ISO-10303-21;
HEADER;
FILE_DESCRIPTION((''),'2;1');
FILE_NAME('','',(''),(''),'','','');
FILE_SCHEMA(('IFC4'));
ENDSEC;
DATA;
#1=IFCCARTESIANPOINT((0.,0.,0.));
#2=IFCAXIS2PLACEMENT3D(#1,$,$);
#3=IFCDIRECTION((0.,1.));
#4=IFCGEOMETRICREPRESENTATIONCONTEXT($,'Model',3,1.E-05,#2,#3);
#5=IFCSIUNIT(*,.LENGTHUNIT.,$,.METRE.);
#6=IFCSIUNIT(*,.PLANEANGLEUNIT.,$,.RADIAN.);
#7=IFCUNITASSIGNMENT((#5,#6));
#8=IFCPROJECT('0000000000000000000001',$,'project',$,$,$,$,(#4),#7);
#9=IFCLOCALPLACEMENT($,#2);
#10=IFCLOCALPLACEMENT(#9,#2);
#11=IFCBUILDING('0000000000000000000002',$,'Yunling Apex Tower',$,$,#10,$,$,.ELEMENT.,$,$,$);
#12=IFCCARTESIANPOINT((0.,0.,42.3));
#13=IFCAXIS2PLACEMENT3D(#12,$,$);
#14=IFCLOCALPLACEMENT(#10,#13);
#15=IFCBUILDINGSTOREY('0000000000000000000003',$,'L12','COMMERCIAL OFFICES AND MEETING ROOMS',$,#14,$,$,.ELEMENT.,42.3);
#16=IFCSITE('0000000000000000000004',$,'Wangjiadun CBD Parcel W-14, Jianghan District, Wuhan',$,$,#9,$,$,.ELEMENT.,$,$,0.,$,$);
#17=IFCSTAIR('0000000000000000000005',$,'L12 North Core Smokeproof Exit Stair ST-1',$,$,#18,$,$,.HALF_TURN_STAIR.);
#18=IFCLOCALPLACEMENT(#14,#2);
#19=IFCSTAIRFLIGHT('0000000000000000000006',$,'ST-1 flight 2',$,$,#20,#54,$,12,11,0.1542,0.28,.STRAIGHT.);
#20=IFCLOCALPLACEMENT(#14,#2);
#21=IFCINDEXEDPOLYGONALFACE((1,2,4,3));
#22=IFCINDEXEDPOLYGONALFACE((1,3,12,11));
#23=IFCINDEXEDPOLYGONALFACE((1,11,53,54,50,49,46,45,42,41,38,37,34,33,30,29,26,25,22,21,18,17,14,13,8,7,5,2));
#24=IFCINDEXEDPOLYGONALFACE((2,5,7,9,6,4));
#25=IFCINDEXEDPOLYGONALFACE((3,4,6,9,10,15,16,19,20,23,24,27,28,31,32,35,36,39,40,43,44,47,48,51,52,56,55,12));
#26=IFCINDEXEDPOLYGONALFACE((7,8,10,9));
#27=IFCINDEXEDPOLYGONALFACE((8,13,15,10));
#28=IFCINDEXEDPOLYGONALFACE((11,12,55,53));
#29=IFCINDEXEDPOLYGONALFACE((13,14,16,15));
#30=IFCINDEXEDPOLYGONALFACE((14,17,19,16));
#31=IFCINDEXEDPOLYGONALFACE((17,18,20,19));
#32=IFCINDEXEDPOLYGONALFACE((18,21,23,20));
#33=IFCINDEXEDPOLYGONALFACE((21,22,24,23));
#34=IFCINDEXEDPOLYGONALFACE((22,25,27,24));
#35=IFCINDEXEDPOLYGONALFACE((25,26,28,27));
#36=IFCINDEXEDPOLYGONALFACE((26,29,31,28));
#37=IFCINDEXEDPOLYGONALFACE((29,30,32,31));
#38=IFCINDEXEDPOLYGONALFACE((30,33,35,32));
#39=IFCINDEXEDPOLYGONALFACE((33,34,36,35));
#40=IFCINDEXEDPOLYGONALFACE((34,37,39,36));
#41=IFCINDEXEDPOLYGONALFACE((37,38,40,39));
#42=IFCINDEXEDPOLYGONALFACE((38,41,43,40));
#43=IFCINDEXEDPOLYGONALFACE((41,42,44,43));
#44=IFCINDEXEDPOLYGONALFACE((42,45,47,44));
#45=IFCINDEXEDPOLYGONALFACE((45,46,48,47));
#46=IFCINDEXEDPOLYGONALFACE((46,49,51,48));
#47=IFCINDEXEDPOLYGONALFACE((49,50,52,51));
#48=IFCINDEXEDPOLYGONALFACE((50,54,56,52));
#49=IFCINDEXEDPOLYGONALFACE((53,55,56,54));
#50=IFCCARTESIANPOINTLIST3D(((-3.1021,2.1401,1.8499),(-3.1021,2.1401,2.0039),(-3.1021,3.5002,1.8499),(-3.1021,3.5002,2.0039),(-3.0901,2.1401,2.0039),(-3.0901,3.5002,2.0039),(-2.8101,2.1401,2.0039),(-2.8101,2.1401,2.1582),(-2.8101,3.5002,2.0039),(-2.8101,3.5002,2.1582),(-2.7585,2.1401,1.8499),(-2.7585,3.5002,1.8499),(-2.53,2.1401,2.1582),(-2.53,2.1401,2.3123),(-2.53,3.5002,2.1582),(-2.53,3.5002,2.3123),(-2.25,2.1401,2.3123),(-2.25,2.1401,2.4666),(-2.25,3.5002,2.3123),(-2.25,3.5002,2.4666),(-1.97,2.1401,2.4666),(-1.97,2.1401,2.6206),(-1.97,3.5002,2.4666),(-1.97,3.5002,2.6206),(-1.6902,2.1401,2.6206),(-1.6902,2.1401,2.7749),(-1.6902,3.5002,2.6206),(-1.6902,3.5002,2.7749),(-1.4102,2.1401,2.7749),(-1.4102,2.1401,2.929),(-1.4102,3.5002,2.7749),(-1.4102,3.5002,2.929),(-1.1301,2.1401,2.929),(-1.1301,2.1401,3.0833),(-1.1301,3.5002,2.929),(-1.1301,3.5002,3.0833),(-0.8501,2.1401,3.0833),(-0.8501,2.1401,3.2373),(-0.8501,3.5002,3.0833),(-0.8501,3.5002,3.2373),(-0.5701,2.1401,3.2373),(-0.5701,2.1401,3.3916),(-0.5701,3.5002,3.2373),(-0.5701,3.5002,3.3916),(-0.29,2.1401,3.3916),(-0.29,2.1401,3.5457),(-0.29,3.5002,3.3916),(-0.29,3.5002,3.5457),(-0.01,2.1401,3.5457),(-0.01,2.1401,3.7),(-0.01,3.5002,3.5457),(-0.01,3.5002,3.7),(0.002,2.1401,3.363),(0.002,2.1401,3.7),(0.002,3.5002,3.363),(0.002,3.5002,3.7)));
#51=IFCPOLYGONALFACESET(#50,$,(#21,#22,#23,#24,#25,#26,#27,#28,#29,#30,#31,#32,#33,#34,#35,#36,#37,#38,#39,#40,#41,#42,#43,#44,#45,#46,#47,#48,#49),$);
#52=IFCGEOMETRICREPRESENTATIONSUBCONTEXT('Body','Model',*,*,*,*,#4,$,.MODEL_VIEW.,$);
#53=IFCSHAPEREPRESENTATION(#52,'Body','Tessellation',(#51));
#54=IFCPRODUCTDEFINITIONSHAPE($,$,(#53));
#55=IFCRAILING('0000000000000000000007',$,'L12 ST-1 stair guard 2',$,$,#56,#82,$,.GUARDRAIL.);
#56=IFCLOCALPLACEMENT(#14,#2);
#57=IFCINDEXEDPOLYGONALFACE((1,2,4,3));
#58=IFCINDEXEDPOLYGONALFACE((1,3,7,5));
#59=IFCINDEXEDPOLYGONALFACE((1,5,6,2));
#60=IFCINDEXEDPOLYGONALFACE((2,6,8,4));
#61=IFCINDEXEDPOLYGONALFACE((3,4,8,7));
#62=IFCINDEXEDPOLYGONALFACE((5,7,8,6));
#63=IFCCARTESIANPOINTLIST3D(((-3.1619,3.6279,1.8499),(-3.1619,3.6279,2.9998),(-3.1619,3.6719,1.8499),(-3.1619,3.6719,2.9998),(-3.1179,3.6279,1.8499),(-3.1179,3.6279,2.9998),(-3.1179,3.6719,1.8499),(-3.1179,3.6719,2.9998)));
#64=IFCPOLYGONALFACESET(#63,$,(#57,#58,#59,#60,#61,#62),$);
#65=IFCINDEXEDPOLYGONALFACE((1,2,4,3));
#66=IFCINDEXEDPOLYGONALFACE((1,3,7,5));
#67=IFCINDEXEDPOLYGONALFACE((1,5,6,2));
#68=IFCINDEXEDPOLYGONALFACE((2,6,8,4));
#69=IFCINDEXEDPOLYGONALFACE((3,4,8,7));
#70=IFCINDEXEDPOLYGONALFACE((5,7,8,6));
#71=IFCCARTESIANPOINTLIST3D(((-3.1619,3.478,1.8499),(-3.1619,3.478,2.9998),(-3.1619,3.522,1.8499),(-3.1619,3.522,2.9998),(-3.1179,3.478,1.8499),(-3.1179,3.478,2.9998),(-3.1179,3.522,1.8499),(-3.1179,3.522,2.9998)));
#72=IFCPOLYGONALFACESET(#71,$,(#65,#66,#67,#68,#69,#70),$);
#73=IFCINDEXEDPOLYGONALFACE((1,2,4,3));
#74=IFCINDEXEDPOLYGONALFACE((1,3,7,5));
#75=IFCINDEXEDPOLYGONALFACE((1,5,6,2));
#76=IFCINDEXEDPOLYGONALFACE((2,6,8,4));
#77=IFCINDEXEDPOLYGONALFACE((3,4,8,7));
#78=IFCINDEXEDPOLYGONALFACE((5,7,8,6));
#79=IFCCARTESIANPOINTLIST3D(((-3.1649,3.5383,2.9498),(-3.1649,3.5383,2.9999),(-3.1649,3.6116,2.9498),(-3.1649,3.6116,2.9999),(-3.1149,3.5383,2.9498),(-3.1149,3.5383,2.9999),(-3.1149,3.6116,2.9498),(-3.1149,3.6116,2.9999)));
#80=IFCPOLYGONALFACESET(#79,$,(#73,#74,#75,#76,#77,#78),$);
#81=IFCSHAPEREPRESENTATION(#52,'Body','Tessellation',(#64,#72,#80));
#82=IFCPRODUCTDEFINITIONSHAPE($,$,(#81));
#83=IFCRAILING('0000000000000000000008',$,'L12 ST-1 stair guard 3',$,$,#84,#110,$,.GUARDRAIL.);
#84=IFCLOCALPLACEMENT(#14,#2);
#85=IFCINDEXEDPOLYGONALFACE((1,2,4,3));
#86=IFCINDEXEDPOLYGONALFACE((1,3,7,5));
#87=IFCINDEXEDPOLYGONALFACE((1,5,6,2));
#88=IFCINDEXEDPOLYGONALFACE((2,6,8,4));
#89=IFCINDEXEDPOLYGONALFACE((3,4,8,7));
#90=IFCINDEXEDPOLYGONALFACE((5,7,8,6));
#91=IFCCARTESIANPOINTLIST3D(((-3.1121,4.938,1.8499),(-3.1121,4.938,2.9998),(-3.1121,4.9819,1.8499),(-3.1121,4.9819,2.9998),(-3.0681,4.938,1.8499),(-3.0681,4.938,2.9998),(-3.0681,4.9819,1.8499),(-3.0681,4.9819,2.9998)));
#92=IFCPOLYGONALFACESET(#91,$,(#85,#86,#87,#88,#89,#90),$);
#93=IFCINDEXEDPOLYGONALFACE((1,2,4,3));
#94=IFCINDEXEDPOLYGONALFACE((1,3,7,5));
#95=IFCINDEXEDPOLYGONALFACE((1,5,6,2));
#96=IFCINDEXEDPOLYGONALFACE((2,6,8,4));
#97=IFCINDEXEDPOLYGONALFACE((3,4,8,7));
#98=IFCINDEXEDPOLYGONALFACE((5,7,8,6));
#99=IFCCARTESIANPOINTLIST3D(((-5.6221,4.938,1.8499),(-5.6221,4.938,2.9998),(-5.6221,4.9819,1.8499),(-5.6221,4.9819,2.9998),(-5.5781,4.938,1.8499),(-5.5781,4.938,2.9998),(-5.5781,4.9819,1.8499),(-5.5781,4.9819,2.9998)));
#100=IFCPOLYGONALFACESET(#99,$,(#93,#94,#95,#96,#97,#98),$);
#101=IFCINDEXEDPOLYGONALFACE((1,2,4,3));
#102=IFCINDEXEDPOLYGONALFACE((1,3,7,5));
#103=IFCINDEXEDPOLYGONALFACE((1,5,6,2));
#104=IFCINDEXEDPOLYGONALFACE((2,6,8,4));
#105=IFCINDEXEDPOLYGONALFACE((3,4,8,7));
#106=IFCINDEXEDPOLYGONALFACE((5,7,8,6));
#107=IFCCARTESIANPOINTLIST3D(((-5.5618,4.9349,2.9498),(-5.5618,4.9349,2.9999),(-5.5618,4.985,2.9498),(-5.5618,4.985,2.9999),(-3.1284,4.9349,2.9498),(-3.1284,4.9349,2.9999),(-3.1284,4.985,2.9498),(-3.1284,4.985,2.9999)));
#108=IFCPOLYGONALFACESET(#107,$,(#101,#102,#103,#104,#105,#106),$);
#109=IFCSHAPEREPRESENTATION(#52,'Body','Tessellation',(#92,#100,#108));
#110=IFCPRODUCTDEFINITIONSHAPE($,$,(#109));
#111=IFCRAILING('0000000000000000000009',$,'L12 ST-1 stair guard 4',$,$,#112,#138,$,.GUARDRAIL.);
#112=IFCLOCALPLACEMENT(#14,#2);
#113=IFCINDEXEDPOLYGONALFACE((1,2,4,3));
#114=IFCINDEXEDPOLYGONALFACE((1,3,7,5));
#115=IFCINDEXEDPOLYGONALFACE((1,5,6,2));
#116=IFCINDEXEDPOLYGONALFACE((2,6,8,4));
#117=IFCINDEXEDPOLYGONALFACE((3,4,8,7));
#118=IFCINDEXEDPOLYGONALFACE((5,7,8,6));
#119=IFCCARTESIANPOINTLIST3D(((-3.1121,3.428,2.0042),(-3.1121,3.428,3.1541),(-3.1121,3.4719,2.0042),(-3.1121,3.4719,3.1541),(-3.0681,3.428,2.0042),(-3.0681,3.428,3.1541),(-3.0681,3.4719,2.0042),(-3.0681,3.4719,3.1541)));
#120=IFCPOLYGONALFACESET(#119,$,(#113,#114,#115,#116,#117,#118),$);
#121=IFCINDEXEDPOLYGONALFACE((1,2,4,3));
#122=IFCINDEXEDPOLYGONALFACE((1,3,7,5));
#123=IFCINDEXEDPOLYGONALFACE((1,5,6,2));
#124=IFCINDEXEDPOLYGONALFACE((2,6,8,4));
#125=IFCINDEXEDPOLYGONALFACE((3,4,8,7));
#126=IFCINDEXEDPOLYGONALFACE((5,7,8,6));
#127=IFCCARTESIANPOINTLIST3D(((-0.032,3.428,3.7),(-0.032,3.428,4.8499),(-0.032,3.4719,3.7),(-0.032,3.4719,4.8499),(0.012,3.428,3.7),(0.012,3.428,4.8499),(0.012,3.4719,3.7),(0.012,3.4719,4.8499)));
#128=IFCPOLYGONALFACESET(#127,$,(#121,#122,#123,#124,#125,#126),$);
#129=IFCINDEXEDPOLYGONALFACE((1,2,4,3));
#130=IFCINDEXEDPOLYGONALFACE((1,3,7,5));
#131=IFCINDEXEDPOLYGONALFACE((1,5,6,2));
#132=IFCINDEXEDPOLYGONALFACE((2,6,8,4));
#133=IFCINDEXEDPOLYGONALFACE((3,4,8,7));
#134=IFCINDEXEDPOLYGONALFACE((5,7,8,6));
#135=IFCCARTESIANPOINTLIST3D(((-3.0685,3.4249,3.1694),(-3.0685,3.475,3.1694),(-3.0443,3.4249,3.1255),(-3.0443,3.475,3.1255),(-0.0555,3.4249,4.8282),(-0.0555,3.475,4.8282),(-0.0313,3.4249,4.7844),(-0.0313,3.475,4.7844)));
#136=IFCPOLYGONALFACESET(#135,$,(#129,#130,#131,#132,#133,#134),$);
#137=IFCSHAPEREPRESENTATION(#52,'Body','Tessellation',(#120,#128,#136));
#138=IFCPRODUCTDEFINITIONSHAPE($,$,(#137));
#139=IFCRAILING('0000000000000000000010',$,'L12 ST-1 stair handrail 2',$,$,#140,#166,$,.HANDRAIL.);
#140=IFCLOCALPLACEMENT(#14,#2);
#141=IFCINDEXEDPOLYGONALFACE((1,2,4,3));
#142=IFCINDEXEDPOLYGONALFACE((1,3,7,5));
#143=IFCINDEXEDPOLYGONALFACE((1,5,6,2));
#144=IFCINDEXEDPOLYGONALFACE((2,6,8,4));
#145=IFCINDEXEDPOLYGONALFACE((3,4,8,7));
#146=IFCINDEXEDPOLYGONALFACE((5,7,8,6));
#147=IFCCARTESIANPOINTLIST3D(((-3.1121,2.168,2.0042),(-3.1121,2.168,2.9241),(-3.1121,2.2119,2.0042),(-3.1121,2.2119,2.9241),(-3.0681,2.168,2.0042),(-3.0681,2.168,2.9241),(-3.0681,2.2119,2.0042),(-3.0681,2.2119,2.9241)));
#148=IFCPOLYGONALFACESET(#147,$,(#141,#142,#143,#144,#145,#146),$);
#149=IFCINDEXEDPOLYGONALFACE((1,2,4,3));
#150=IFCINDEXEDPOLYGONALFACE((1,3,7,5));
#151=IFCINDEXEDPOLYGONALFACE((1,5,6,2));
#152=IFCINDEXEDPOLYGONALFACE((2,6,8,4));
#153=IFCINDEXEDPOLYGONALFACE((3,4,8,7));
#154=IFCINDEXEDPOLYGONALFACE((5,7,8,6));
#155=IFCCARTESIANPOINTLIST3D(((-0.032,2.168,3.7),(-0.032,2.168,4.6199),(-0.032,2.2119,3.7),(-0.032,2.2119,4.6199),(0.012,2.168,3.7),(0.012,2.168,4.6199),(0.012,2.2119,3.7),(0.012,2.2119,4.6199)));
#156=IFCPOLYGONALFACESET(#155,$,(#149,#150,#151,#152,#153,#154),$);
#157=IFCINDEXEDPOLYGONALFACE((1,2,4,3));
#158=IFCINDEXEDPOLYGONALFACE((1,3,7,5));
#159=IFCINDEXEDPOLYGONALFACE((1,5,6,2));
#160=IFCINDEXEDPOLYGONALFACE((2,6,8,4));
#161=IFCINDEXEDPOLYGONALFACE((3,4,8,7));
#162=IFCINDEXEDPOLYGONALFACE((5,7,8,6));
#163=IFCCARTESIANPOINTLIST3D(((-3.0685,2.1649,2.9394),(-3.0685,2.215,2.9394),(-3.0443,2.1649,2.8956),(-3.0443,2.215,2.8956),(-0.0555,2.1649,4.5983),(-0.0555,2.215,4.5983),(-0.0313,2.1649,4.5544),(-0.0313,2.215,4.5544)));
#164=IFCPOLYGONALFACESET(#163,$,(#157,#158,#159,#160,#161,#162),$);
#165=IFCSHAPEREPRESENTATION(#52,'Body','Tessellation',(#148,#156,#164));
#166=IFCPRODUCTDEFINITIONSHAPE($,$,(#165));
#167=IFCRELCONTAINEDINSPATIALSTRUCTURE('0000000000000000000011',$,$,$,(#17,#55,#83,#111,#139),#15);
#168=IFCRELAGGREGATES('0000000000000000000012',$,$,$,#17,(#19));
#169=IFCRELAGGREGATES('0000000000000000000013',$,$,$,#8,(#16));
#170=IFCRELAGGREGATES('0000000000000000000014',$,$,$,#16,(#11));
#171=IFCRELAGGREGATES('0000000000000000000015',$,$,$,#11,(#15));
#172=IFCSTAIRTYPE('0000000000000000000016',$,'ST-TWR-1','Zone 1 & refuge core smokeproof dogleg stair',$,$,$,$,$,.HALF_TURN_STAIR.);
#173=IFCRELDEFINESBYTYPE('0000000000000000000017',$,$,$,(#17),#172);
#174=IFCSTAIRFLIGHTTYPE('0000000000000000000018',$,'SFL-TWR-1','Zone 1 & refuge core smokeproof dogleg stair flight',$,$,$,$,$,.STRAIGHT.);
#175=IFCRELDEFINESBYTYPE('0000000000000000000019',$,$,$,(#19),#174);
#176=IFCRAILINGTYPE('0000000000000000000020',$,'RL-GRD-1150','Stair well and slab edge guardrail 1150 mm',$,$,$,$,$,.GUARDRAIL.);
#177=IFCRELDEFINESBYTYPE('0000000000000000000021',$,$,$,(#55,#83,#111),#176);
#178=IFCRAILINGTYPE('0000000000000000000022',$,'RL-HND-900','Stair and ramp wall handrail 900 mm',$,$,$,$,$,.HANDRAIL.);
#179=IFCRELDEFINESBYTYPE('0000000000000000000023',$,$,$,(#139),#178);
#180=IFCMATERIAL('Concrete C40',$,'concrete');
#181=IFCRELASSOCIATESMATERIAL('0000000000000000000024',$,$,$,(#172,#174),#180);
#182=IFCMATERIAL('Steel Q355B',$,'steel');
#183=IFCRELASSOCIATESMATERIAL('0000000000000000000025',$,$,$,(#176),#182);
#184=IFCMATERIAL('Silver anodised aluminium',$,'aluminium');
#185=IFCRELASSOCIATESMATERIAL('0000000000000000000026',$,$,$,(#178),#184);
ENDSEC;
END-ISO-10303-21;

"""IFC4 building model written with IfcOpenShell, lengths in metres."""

from ifc_helpers import new_model, si_unit, direction, frame, origin, origin_2d, place, context, subcontext, project, spatial, polyline, rectangle, outline, extrude, material, type_object, element, aggregate, save


model = new_model("IFC4")

# Units and contexts
model_context = context("Model", 3, precision=1e-05, world=origin(), true_north=direction((0.0, 1.0)))
body_context = subcontext(model_context, "Body", "Model", "MODEL_VIEW")
ifc_project = project(units=[si_unit("LENGTHUNIT", "METRE"), si_unit("PLANEANGLEUNIT", "RADIAN")], contexts=[model_context])

# Site, building, storey
site_placement = place(None, origin())
site = spatial("IfcSite", under=ifc_project, at=site_placement, Name="Wangjiadun CBD Parcel W-14, Jianghan District, Wuhan", CompositionType="ELEMENT", RefElevation=0.0)
building_placement = place(site_placement, origin())
building = spatial("IfcBuilding", under=site, at=building_placement, Name="Yunling Apex Tower", CompositionType="ELEMENT")
storey_placement = place(building_placement, frame((0.0, 0.0, 42.3)))
storey = spatial("IfcBuildingStorey", under=building, at=storey_placement, Name="L12", Description="COMMERCIAL OFFICES AND MEETING ROOMS", CompositionType="ELEMENT", Elevation=42.3)

# Shared definitions
ifc_material_1 = material(Name="Steel Q355B", Category="steel")

# Shared definitions
ifc_material_2 = material(Name="Concrete C40", Category="concrete")

# Shared definitions
ifc_material_3 = material(Name="Silver anodised aluminium", Category="aluminium")

# Stair, stair flight
stair_type = type_object("IfcStairType", Name="ST-TWR-1", Description="Zone 1 & refuge core smokeproof dogleg stair", PredefinedType="HALF_TURN_STAIR", material=ifc_material_2)
stair_placement = place(storey_placement, origin())
stair = element("IfcStair", 1, at=stair_placement, inside=storey, type_object=stair_type, Name="L12 North Core Smokeproof Exit Stair ST-1", PredefinedType="HALF_TURN_STAIR")
stair_flight_type = type_object("IfcStairFlightType", Name="SFL-TWR-1", Description="Zone 1 & refuge core smokeproof dogleg stair flight", PredefinedType="STRAIGHT", material=ifc_material_2)
stair_flight_placement = place(storey_placement, frame((-3.0901, 2.8201, 1.8499), z_axis=(0.0, 0.0, 1.0), x_axis=(1.0, 0.0, 0.0)))
stair_flight = element("IfcStairFlight", 2, at=stair_flight_placement, type_object=stair_flight_type, Name="ST-1 flight 2", NumberOfRisers=12, NumberOfTreads=11, PredefinedType="STRAIGHT", RiserHeight=0.1542, TreadLength=0.28, context=body_context, shape_type="SweptSolid", body=[
    extrude(outline(polyline([(-0.012, 0.0), (-0.012, 0.1541), (0.0, 0.1541), (0.28, 0.1541), (0.28, 0.3083), (0.5601, 0.3083), (0.5601, 0.4624), (0.8401, 0.4624), (0.8401, 0.6167), (1.1201, 0.6167), (1.1201, 0.7708), (1.3999, 0.7708), (1.3999, 0.925), (1.6799, 0.925), (1.6799, 1.0791), (1.96, 1.0791), (1.96, 1.2334), (2.24, 1.2334), (2.24, 1.3875), (2.52, 1.3875), (2.52, 1.5417), (2.8, 1.5417), (2.8, 1.6958), (3.0801, 1.6958), (3.0801, 1.8501), (3.092, 1.8501), (3.092, 1.5132), (0.3315, 0.0), (-0.012, 0.0)])), frame((0.0, 0.6802, 0.0), z_axis=(0.0, -1.0, 0.0), x_axis=(1.0, 0.0, 0.0)), (0.0, 0.0, 1.0), 1.3601),
])
aggregate(stair, [stair_flight])

# Railings
railing_type_1 = type_object("IfcRailingType", Name="RL-GRD-1150", Description="Stair well and slab edge guardrail 1150 mm", PredefinedType="GUARDRAIL", material=ifc_material_1)
railing_1_placement = place(storey_placement, frame((-3.1399, 3.6499, 1.8499)))
element("IfcRailing", 3, at=railing_1_placement, inside=storey, type_object=railing_type_1, Name="L12 ST-1 stair guard 2", PredefinedType="GUARDRAIL", context=body_context, shape_type="SweptSolid", body=[
    extrude(rectangle(XDim=0.0439, YDim=0.0439, at=origin_2d()), origin(), (0.0, 0.0, 1.0), 1.1499),
    extrude(rectangle(XDim=0.0439, YDim=0.0439, at=origin_2d()), frame((0.0, -0.1499, 0.0)), (0.0, 0.0, 1.0), 1.1499),
    extrude(rectangle(XDim=0.05, YDim=0.05, at=origin_2d()), frame((0.0, -0.0383, 1.125), z_axis=(0.0, -1.0, 0.0), x_axis=(1.0, 0.0, 0.0)), (0.0, 0.0, 1.0), 0.0732),
])
railing_2_placement = place(storey_placement, frame((-3.0901, 4.96, 1.8499)))
element("IfcRailing", 4, at=railing_2_placement, inside=storey, type_object=railing_type_1, Name="L12 ST-1 stair guard 3", PredefinedType="GUARDRAIL", context=body_context, shape_type="SweptSolid", body=[
    extrude(rectangle(XDim=0.0439, YDim=0.0439, at=origin_2d()), origin(), (0.0, 0.0, 1.0), 1.1499),
    extrude(rectangle(XDim=0.0439, YDim=0.0439, at=origin_2d()), frame((-2.51, 0.0, 0.0)), (0.0, 0.0, 1.0), 1.1499),
    extrude(rectangle(XDim=0.05, YDim=0.05, at=origin_2d()), frame((-0.0383, 0.0, 1.125), z_axis=(-1.0, 0.0, 0.0), x_axis=(0.0, -1.0, 0.0)), (0.0, 0.0, 1.0), 2.4333),
])
railing_3_placement = place(storey_placement, frame((-3.0901, 3.45, 2.0042)))
element("IfcRailing", 5, at=railing_3_placement, inside=storey, type_object=railing_type_1, Name="L12 ST-1 stair guard 4", PredefinedType="GUARDRAIL", context=body_context, shape_type="SweptSolid", body=[
    extrude(rectangle(XDim=0.0439, YDim=0.0439, at=origin_2d()), origin(), (0.0, 0.0, 1.0), 1.1499),
    extrude(rectangle(XDim=0.0439, YDim=0.0439, at=origin_2d()), frame((3.0801, 0.0, 1.6958)), (0.0, 0.0, 1.0), 1.1499),
    extrude(rectangle(XDim=0.05, YDim=0.05, at=origin_2d()), frame((0.0337, 0.0, 1.1433), z_axis=(0.876005, 0.0, 0.482303), x_axis=(0.0, 1.0, 0.0)), (0.0, 0.0, 1.0), 3.4395),
])
railing_type_2 = type_object("IfcRailingType", Name="RL-HND-900", Description="Stair and ramp wall handrail 900 mm", PredefinedType="HANDRAIL", material=ifc_material_3)
railing_4_placement = place(storey_placement, frame((-3.0901, 2.1899, 2.0042)))
element("IfcRailing", 6, at=railing_4_placement, inside=storey, type_object=railing_type_2, Name="L12 ST-1 stair handrail 2", PredefinedType="HANDRAIL", context=body_context, shape_type="SweptSolid", body=[
    extrude(rectangle(XDim=0.0439, YDim=0.0439, at=origin_2d()), origin(), (0.0, 0.0, 1.0), 0.9199),
    extrude(rectangle(XDim=0.0439, YDim=0.0439, at=origin_2d()), frame((3.0801, 0.0, 1.6958)), (0.0, 0.0, 1.0), 0.9199),
    extrude(rectangle(XDim=0.05, YDim=0.05, at=origin_2d()), frame((0.0337, 0.0, 0.9133), z_axis=(0.876005, 0.0, 0.482303), x_axis=(0.0, 1.0, 0.0)), (0.0, 0.0, 1.0), 3.4395),
])

save(model, "model.ifc")
